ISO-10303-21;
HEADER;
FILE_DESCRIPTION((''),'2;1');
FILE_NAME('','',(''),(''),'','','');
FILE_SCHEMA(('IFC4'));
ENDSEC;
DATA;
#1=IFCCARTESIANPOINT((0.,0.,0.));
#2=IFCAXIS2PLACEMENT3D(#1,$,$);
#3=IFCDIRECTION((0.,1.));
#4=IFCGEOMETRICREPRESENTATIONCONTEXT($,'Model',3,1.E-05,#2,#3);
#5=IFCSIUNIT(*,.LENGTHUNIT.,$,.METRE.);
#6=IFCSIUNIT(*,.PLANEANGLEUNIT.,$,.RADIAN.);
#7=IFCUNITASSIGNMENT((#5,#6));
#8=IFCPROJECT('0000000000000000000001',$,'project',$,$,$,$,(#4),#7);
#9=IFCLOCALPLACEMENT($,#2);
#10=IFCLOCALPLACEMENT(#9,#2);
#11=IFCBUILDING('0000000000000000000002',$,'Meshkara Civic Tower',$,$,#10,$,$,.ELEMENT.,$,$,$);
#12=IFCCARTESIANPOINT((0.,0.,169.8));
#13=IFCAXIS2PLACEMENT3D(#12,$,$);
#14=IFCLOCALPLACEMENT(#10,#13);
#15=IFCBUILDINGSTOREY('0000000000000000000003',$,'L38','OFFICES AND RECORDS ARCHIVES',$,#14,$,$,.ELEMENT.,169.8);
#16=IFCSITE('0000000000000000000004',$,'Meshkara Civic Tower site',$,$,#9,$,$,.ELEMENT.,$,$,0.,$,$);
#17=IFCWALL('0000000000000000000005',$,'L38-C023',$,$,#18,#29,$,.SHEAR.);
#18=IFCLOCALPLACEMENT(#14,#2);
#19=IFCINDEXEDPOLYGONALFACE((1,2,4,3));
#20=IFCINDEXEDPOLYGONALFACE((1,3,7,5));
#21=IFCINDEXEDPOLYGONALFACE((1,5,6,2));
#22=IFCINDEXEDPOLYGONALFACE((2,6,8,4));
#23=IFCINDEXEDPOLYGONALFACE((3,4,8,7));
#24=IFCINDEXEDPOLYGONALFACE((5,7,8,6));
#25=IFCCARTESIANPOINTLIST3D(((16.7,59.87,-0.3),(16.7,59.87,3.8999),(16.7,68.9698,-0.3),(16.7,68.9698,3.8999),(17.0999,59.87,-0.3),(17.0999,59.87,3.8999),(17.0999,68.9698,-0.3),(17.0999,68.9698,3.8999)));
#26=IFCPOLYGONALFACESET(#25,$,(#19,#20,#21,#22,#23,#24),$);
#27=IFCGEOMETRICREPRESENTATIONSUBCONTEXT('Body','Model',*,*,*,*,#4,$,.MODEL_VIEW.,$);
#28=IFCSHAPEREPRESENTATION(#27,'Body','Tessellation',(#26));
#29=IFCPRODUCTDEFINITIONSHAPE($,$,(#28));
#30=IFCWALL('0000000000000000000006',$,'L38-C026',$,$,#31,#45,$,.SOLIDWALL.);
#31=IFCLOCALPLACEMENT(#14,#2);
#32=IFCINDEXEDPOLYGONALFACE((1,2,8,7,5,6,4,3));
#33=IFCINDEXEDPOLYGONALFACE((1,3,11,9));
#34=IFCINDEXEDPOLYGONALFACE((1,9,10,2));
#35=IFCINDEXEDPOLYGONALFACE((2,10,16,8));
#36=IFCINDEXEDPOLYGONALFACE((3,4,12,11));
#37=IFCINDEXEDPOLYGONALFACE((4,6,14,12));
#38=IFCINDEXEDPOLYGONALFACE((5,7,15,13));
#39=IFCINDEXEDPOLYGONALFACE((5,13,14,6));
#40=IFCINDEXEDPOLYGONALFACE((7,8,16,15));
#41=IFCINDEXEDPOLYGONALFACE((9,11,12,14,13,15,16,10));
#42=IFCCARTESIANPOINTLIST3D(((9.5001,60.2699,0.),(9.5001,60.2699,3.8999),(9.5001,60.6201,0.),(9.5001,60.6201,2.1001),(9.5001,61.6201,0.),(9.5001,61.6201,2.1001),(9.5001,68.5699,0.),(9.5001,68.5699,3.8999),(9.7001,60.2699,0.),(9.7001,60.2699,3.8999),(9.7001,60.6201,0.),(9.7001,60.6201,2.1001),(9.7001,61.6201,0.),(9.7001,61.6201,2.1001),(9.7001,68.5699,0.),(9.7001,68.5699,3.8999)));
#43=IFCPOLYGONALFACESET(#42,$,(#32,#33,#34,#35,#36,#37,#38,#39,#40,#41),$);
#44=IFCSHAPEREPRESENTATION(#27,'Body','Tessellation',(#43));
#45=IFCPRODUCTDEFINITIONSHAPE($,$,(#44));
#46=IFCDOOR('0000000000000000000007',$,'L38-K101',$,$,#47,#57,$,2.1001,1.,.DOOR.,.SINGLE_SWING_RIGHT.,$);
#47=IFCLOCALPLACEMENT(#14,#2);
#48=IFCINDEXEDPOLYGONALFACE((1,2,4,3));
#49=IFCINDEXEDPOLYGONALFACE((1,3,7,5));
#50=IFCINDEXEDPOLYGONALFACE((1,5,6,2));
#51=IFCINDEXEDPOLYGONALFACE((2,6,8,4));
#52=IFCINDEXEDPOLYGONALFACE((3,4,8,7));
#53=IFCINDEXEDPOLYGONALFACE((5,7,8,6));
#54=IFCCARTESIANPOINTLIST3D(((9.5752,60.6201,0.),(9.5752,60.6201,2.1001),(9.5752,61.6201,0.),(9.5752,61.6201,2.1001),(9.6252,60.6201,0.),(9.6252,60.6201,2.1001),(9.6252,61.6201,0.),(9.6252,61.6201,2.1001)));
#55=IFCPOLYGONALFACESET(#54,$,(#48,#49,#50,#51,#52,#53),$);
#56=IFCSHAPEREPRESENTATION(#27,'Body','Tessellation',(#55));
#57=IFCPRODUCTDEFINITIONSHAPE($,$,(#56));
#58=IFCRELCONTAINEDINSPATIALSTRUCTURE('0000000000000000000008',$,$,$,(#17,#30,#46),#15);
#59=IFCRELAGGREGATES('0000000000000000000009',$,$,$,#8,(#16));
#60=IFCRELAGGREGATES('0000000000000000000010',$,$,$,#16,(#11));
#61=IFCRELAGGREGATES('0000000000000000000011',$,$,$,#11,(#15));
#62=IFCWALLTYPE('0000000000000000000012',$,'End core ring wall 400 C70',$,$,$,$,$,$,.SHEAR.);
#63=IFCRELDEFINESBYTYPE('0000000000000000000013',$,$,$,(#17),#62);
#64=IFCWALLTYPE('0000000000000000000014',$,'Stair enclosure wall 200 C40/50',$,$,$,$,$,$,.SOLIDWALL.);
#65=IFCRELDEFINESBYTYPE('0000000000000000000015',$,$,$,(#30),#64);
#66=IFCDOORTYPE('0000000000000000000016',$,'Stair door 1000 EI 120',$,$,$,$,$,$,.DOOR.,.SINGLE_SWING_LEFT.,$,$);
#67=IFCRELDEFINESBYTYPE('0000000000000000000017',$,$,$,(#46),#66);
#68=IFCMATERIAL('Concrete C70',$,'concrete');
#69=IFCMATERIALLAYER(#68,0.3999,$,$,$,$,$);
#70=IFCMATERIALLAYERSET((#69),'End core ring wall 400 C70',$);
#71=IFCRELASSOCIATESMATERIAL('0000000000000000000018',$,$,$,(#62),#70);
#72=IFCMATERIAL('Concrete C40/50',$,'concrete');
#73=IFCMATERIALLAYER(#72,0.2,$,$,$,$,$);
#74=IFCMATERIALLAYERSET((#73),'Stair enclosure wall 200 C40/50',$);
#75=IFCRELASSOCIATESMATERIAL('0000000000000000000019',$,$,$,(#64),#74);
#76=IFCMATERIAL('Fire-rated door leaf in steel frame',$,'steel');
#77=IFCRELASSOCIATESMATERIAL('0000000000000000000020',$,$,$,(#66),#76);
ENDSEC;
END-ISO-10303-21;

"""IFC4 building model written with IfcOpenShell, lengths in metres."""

from ifc_helpers import new_model, si_unit, direction, frame, frame_2d, origin, place, context, subcontext, project, spatial, rectangle, extrude, material, layer, layer_set, type_object, element, fill, save


model = new_model("IFC4")

# Units and contexts
model_context = context("Model", 3, precision=1e-05, world=origin(), true_north=direction((0.0, 1.0)))
body_context = subcontext(model_context, "Body", "Model", "MODEL_VIEW")
ifc_project = project(units=[si_unit("LENGTHUNIT", "METRE"), si_unit("PLANEANGLEUNIT", "RADIAN")], contexts=[model_context])

# Site, building, storey
site_placement = place(None, origin())
site = spatial("IfcSite", under=ifc_project, at=site_placement, Name="Meshkara Civic Tower site", CompositionType="ELEMENT", RefElevation=0.0)
building_placement = place(site_placement, origin())
building = spatial("IfcBuilding", under=site, at=building_placement, Name="Meshkara Civic Tower", CompositionType="ELEMENT")
storey_placement = place(building_placement, frame((0.0, 0.0, 169.8)))
storey = spatial("IfcBuildingStorey", under=building, at=storey_placement, Name="L38", Description="OFFICES AND RECORDS ARCHIVES", CompositionType="ELEMENT", Elevation=169.8)

# Wall
ifc_material_1 = material(Name="Concrete C70", Category="concrete")
ifc_layer_1 = layer(ifc_material_1, 0.3999)
ifc_layer_set_1 = layer_set([ifc_layer_1], Name="End core ring wall 400 C70")
wall_type_1 = type_object("IfcWallType", Name="End core ring wall 400 C70", PredefinedType="SHEAR", material=ifc_layer_set_1)
wall_1_placement = place(storey_placement, frame((16.8999, 59.8701, -0.3), z_axis=(0.0, 0.0, 1.0), x_axis=(0.0, 1.0, 0.0)))
element("IfcWall", 1, at=wall_1_placement, inside=storey, type_object=wall_type_1, Name="L38-C023", PredefinedType="SHEAR", context=body_context, shape_type="SweptSolid", body=[
    extrude(rectangle(XDim=9.0999, YDim=0.3999, at=frame_2d((4.5498, 0.0))), origin(), (0.0, 0.0, 1.0), 4.2),
])

# Wall, opening, door
ifc_material_2 = material(Name="Concrete C40/50", Category="concrete")
ifc_layer_2 = layer(ifc_material_2, 0.2)
ifc_layer_set_2 = layer_set([ifc_layer_2], Name="Stair enclosure wall 200 C40/50")
wall_type_2 = type_object("IfcWallType", Name="Stair enclosure wall 200 C40/50", PredefinedType="SOLIDWALL", material=ifc_layer_set_2)
wall_2_placement = place(storey_placement, frame((9.6001, 60.27, 0.0), z_axis=(0.0, 0.0, 1.0), x_axis=(0.0, 1.0, 0.0)))
wall_2 = element("IfcWall", 2, at=wall_2_placement, inside=storey, type_object=wall_type_2, Name="L38-C026", PredefinedType="SOLIDWALL", context=body_context, shape_type="SweptSolid", body=[
    extrude(rectangle(XDim=8.3, YDim=0.2, at=frame_2d((4.1499, 0.0))), origin(), (0.0, 0.0, 1.0), 3.8999),
])
opening_1_placement = place(wall_2_placement, frame((0.3501, 0.0, 0.0)))
opening_1 = element("IfcOpeningElement", 3, at=opening_1_placement, cuts=wall_2, PredefinedType="OPENING", context=body_context, shape_type="SweptSolid", body=[
    extrude(rectangle(XDim=1.0, YDim=2.1001, at=frame_2d((0.5, 1.05))), frame((0.0, 0.1099, 0.0), z_axis=(0.0, -1.0, 0.0), x_axis=(1.0, 0.0, 0.0)), (0.0, 0.0, 1.0), 0.22),
])
ifc_material_3 = material(Name="Fire-rated door leaf in steel frame", Category="steel")
door_type_1 = type_object("IfcDoorType", Name="Stair door 1000 EI 120", OperationType="SINGLE_SWING_LEFT", PredefinedType="DOOR", material=ifc_material_3)
door_1_placement = place(opening_1_placement, origin())
door_1 = element("IfcDoor", 4, at=door_1_placement, inside=storey, type_object=door_type_1, Name="L38-K101", OperationType="SINGLE_SWING_RIGHT", OverallHeight=2.1001, OverallWidth=1.0, PredefinedType="DOOR", context=body_context, shape_type="SweptSolid", body=[
    extrude(rectangle(XDim=1.0, YDim=2.1001, at=frame_2d((0.5, 1.05))), frame((0.0, 0.0249, 0.0), z_axis=(0.0, -1.0, 0.0), x_axis=(1.0, 0.0, 0.0)), (0.0, 0.0, 1.0), 0.05),
])
fill(opening_1, door_1)

save(model, "model.ifc")
